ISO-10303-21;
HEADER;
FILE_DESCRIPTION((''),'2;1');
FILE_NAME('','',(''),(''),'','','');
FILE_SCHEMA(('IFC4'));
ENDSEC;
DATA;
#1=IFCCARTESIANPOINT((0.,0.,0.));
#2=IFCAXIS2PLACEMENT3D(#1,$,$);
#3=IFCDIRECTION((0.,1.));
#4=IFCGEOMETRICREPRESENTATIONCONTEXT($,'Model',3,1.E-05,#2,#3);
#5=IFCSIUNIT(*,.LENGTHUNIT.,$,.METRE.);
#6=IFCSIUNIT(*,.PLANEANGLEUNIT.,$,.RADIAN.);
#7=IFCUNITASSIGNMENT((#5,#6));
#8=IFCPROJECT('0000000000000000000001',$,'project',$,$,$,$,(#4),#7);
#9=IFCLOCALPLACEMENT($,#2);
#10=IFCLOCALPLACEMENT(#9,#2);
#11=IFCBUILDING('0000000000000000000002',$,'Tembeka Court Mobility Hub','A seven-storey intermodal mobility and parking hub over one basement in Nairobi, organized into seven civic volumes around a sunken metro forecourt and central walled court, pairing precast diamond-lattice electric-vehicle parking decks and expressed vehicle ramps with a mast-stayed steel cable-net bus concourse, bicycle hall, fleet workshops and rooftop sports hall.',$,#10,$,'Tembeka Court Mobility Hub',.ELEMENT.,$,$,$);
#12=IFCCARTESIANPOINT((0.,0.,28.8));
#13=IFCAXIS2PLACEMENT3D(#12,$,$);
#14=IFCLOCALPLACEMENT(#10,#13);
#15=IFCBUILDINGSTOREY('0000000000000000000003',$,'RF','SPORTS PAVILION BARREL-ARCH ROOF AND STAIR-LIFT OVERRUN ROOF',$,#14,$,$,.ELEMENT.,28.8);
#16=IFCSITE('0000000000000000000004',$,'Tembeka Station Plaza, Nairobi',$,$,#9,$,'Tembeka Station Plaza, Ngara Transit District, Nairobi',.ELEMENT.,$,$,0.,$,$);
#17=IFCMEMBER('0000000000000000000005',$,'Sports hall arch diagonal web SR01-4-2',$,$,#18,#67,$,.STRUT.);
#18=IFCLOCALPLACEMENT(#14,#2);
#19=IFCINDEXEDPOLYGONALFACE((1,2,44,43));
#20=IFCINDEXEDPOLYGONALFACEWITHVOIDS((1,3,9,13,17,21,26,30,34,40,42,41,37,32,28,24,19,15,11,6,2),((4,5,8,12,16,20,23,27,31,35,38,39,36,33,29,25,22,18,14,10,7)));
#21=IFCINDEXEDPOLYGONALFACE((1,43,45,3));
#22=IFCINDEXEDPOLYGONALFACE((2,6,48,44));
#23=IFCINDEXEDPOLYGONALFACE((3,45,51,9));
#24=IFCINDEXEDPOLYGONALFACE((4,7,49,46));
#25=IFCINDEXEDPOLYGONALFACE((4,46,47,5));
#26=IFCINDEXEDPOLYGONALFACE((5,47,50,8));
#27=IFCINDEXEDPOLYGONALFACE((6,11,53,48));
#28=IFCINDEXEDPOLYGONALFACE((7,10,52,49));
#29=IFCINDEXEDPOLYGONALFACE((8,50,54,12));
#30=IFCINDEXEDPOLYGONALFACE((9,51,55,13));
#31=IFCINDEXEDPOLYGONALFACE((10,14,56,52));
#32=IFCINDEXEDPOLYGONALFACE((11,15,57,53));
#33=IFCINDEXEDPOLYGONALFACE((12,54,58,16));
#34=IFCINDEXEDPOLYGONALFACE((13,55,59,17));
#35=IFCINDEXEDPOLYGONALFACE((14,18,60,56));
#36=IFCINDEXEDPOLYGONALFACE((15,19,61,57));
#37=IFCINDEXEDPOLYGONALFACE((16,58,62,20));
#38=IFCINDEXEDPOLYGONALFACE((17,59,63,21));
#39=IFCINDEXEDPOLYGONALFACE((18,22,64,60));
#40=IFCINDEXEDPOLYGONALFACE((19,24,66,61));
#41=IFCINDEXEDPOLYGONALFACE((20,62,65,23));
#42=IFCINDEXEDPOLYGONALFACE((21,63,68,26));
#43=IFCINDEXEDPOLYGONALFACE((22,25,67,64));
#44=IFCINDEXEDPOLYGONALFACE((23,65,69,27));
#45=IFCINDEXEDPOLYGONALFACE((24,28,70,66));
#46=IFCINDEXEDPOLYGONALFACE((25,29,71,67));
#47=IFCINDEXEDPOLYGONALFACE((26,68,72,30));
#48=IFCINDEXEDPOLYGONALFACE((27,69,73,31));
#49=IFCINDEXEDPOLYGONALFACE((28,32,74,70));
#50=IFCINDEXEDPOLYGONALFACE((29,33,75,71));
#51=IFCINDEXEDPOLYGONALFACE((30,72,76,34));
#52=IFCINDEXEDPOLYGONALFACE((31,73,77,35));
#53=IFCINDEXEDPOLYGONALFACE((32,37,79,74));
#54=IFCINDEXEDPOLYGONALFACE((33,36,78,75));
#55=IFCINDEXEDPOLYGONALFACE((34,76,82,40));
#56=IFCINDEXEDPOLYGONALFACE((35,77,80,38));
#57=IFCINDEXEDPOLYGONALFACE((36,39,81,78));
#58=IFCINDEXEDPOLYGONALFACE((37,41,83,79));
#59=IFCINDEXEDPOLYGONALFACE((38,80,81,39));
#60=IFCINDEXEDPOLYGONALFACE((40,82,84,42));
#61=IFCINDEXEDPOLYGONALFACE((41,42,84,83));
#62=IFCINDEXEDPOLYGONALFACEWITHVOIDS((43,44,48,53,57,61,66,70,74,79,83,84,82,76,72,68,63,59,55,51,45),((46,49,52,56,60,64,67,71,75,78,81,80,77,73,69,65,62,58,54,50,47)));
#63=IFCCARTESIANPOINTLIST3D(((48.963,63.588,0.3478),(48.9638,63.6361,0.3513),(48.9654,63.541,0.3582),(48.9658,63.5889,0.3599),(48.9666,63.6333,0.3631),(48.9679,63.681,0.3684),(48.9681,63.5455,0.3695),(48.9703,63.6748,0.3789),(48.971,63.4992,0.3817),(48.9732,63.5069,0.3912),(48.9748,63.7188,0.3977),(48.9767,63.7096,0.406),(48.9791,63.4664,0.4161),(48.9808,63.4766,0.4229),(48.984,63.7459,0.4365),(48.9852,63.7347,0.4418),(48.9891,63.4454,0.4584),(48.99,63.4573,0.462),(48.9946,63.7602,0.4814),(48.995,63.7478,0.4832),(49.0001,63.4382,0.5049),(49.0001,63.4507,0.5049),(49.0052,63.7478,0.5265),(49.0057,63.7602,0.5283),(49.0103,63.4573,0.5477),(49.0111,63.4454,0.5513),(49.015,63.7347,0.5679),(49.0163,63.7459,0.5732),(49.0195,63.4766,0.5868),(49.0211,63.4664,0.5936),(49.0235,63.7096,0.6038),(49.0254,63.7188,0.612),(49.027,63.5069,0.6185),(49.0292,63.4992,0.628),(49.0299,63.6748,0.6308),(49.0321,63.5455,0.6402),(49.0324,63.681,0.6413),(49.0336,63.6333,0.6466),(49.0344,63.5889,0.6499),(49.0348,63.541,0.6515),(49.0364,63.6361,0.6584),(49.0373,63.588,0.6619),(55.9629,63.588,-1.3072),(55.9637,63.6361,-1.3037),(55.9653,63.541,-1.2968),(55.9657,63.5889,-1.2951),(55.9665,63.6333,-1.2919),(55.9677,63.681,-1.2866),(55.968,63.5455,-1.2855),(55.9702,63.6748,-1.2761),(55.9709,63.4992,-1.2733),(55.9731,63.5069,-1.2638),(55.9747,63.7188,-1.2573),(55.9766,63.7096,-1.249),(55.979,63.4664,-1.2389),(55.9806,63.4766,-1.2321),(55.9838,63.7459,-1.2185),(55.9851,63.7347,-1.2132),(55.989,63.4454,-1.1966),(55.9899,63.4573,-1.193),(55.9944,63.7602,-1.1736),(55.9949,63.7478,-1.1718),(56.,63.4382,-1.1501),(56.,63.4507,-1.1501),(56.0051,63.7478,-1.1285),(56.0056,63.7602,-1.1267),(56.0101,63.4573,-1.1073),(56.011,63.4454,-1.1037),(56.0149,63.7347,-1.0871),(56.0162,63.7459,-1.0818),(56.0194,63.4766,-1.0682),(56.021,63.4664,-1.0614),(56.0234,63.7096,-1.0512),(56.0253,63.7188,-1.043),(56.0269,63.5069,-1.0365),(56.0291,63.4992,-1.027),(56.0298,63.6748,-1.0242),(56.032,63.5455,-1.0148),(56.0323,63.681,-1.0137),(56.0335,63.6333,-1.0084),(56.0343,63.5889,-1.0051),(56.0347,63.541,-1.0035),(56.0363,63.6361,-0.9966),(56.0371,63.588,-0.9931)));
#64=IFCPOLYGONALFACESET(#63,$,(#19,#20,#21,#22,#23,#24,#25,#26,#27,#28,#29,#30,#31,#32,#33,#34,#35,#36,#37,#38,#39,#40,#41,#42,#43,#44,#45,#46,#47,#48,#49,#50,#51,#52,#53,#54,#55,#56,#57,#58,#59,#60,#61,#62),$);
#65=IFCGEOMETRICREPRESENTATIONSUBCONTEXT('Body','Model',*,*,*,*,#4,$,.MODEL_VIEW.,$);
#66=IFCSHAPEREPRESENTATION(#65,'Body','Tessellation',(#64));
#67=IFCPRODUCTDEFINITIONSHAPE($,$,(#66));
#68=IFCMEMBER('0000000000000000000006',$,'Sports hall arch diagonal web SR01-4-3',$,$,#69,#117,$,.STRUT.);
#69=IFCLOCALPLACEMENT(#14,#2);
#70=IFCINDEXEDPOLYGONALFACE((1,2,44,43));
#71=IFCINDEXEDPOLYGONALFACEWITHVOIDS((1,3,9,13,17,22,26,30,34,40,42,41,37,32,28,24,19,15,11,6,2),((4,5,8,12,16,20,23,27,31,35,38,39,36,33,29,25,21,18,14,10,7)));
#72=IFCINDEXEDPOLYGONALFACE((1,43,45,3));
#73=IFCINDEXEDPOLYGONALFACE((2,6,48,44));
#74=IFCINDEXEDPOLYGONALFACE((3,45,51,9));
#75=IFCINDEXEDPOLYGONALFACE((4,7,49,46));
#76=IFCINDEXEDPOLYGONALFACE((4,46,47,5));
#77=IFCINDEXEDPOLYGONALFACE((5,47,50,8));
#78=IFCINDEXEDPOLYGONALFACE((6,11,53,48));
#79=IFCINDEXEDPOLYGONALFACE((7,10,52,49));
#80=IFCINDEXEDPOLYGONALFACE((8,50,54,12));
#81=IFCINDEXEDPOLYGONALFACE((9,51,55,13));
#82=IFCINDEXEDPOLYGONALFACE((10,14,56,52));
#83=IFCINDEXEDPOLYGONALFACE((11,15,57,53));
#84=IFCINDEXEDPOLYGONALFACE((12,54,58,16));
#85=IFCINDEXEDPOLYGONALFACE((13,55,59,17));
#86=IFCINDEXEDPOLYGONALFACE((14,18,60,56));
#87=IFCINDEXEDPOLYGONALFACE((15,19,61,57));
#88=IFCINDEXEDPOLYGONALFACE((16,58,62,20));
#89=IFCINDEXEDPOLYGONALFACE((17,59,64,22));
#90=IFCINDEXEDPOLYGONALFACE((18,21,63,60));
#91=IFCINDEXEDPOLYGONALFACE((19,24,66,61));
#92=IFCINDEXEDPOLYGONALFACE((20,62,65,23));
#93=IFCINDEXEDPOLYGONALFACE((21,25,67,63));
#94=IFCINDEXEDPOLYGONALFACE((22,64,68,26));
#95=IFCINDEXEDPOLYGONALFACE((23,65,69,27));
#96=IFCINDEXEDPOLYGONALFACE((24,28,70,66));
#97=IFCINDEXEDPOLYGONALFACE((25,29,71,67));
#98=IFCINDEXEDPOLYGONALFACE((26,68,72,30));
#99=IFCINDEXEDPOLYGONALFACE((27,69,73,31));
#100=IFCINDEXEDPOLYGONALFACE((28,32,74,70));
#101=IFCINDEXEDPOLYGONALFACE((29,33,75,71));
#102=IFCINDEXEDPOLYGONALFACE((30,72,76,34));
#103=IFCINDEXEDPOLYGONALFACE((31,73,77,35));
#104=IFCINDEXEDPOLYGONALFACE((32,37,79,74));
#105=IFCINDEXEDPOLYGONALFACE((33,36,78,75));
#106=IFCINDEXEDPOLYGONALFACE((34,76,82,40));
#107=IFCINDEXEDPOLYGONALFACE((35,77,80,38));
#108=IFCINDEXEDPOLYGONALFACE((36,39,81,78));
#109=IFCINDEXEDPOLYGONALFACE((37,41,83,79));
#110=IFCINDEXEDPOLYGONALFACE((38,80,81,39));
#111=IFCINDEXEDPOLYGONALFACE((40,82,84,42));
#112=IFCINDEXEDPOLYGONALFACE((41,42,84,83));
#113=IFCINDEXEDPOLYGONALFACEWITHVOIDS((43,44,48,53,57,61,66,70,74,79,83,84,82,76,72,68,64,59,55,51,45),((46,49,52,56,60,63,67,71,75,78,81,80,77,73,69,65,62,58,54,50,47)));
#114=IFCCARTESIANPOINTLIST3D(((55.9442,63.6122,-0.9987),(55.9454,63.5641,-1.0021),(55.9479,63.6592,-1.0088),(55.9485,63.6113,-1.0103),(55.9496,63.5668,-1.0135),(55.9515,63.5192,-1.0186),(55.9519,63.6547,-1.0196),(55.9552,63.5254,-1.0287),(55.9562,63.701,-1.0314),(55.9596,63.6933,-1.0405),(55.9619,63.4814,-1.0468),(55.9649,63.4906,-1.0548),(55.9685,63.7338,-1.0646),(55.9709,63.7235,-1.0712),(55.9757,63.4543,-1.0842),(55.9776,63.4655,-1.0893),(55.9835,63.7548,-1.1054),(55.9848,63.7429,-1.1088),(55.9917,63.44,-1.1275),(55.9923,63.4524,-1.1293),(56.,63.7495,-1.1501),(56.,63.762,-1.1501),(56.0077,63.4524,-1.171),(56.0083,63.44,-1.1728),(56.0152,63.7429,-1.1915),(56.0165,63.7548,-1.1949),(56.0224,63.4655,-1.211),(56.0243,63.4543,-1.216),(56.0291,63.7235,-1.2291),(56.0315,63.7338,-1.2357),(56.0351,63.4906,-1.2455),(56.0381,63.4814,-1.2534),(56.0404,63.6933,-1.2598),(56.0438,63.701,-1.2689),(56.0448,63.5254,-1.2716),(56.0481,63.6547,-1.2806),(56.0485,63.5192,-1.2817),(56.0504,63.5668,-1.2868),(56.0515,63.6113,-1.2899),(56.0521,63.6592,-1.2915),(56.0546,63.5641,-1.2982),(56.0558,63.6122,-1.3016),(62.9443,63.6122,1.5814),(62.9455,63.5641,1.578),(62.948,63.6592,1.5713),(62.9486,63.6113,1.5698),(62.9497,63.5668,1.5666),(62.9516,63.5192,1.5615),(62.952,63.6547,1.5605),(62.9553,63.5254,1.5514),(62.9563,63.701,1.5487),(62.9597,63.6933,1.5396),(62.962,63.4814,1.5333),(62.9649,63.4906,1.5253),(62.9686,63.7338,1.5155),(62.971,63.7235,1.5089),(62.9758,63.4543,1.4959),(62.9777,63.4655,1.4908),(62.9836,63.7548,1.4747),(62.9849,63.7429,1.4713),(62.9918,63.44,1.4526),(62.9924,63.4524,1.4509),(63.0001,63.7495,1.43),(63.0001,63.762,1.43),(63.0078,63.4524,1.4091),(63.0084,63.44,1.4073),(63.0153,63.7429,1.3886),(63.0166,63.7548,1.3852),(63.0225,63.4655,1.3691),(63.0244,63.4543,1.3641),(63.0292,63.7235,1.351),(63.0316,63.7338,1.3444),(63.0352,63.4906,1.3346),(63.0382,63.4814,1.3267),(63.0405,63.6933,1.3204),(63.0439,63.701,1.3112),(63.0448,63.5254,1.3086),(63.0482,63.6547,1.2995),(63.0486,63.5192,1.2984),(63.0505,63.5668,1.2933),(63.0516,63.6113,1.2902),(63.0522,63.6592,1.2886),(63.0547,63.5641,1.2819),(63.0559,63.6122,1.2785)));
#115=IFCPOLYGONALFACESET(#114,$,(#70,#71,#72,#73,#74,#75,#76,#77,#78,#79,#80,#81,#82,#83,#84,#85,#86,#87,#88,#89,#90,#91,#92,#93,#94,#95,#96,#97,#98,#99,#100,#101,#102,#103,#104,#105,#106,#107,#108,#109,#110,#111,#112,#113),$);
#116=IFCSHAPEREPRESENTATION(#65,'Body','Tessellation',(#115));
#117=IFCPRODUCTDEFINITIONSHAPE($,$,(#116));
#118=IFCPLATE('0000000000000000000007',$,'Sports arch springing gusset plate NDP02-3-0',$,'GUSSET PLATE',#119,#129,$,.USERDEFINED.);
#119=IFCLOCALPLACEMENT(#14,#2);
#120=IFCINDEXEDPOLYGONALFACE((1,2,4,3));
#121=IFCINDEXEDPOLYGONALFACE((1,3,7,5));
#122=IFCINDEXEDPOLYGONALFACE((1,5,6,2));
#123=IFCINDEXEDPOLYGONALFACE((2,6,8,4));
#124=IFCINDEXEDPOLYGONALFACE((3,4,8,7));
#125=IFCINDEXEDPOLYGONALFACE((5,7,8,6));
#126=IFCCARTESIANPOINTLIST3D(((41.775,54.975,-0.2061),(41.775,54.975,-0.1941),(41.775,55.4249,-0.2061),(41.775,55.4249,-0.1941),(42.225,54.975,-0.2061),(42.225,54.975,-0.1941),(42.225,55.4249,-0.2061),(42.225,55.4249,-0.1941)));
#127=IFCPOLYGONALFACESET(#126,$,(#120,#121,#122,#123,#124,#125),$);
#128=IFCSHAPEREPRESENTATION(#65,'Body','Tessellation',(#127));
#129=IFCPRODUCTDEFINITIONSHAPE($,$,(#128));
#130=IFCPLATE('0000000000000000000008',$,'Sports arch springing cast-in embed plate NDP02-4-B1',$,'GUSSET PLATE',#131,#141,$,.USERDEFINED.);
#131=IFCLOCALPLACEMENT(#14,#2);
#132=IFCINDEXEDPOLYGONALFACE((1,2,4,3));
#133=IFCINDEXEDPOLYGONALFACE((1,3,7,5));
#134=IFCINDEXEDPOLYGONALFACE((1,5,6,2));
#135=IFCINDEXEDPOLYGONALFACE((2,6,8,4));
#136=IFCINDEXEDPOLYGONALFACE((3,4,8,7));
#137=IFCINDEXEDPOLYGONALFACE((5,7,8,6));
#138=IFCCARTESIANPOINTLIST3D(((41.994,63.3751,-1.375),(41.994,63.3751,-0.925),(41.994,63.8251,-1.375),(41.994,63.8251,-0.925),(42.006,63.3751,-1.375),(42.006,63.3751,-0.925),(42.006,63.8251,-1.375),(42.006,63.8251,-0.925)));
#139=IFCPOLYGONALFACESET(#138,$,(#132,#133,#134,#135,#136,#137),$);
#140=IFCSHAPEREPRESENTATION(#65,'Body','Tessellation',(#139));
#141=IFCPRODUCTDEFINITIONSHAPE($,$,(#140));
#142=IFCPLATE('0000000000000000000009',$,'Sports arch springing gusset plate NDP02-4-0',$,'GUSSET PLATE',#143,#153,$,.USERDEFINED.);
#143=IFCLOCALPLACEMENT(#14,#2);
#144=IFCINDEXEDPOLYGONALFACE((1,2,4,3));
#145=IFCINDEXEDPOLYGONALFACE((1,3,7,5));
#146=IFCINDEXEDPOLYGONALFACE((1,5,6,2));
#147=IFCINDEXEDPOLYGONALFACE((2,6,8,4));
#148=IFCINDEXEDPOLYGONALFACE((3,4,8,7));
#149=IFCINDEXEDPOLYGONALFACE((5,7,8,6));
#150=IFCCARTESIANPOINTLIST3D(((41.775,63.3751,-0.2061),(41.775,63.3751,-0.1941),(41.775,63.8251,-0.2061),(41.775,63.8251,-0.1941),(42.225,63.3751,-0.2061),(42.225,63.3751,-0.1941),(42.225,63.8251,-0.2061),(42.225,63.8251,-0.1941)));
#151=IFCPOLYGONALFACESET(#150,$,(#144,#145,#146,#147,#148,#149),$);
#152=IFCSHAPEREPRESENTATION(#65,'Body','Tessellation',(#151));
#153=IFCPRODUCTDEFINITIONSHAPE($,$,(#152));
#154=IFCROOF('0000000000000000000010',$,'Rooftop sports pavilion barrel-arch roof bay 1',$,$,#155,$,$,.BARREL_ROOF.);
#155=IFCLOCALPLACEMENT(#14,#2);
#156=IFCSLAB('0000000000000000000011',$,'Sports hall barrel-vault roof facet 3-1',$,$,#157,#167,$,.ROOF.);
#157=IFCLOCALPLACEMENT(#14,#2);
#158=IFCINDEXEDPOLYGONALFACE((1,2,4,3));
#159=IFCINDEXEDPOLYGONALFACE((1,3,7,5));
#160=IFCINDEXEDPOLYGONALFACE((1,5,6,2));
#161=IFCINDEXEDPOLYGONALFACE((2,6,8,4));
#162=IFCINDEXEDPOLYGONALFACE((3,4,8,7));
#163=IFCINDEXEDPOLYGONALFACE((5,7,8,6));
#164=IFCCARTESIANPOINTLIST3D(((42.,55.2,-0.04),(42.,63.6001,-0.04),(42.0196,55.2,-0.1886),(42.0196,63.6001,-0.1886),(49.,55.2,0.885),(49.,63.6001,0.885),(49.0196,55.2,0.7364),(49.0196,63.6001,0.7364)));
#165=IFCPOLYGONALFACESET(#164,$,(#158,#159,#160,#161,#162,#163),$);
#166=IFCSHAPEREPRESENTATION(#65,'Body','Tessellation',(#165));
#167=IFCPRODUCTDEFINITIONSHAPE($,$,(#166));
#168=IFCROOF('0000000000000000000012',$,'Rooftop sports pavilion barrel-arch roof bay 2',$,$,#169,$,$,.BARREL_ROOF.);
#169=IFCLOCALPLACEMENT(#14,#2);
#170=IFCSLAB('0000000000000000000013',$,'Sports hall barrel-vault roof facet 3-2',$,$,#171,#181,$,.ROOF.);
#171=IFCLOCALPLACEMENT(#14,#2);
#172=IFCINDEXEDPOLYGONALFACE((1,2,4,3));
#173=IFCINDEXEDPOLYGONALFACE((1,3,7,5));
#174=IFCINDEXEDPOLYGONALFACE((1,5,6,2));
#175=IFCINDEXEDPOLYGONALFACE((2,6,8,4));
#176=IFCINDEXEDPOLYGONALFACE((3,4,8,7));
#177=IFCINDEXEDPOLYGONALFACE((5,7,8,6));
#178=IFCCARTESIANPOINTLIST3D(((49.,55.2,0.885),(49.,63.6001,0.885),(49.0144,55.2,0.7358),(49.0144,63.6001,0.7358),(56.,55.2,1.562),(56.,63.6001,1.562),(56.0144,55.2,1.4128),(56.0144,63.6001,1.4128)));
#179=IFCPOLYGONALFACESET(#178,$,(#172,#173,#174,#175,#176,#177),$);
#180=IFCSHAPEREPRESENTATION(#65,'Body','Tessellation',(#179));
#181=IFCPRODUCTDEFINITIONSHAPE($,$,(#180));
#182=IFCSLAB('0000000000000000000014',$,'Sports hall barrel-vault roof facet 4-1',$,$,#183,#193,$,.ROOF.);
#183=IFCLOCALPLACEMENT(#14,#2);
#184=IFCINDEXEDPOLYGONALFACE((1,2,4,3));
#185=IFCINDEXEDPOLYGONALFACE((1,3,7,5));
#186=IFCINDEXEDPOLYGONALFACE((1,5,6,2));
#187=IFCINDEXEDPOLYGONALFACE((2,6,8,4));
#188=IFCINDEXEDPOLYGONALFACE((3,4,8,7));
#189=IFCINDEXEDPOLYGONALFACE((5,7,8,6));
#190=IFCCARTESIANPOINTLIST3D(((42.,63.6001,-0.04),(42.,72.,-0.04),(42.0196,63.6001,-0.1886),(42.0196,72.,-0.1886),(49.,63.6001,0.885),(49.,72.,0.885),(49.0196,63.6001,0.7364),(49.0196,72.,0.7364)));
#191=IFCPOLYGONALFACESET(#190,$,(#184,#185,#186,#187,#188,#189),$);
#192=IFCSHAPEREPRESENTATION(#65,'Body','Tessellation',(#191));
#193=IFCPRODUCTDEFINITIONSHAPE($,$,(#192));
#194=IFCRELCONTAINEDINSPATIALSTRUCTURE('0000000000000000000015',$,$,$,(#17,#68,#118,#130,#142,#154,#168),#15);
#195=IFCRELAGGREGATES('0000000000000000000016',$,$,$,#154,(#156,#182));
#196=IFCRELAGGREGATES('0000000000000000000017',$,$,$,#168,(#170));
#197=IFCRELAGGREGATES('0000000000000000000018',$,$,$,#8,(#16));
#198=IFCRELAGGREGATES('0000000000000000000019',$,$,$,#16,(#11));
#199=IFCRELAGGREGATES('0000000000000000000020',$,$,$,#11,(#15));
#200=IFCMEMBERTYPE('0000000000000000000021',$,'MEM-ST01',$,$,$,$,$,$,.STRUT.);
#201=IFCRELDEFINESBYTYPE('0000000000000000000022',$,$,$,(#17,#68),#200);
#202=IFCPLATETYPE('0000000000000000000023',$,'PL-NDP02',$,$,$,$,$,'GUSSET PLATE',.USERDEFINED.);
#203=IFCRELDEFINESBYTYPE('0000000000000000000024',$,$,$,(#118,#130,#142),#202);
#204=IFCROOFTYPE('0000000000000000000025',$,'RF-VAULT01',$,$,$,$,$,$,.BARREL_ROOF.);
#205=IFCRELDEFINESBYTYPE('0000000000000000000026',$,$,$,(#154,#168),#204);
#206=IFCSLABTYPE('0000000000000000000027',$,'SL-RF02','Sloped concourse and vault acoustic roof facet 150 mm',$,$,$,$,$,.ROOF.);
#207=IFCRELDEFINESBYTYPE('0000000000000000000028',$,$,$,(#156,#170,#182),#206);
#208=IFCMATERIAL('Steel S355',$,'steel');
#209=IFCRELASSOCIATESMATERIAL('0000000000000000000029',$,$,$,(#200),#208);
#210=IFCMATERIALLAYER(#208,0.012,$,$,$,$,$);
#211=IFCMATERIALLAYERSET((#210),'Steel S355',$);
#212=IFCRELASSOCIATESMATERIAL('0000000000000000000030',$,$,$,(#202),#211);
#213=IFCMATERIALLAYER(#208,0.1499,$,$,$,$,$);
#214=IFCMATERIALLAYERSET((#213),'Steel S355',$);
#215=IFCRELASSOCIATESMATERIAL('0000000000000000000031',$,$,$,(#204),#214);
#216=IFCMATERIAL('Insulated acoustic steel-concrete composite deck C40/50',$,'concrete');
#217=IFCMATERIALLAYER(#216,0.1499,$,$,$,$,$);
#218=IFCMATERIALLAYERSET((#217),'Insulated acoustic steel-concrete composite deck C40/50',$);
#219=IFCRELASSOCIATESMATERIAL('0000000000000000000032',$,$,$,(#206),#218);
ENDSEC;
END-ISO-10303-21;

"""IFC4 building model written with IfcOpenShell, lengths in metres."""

from ifc_helpers import new_model, si_unit, direction, frame, origin, origin_2d, place, context, subcontext, project, spatial, polyline, rectangle, hollow_circle, outline, extrude, material, layer, layer_set, material_profile, profile_set, type_object, element, aggregate, save


model = new_model("IFC4")

# Units and contexts
model_context = context("Model", 3, precision=1e-05, world=origin(), true_north=direction((0.0, 1.0)))
body_context = subcontext(model_context, "Body", "Model", "MODEL_VIEW")
ifc_project = project(units=[si_unit("LENGTHUNIT", "METRE"), si_unit("PLANEANGLEUNIT", "RADIAN")], contexts=[model_context])

# Site, building, storey
site_placement = place(None, origin())
site = spatial("IfcSite", under=ifc_project, at=site_placement, Name="Tembeka Station Plaza, Nairobi", LongName="Tembeka Station Plaza, Ngara Transit District, Nairobi", CompositionType="ELEMENT", RefElevation=0.0)
building_placement = place(site_placement, origin())
building = spatial("IfcBuilding", under=site, at=building_placement, Name="Tembeka Court Mobility Hub", Description="A seven-storey intermodal mobility and parking hub over one basement in Nairobi, organized into seven civic volumes around a sunken metro forecourt and central walled court, pairing precast diamond-lattice electric-vehicle parking decks and expressed vehicle ramps with a mast-stayed steel cable-net bus concourse, bicycle hall, fleet workshops and rooftop sports hall.", LongName="Tembeka Court Mobility Hub", CompositionType="ELEMENT")
storey_placement = place(building_placement, frame((0.0, 0.0, 28.8)))
storey = spatial("IfcBuildingStorey", under=building, at=storey_placement, Name="RF", Description="SPORTS PAVILION BARREL-ARCH ROOF AND STAIR-LIFT OVERRUN ROOF", CompositionType="ELEMENT", Elevation=28.8)

# Shared definitions
ifc_material_1 = material(Name="Steel S355", Category="steel")

# Members
ifc_material_profile_1 = material_profile(ifc_material_1, hollow_circle(Radius=0.1619, WallThickness=0.0125, at=origin_2d()), Name="CHS 323.9x12.5")
ifc_profile_set_1 = profile_set([ifc_material_profile_1], Name="Steel S355")
member_type = type_object("IfcMemberType", Name="MEM-ST01", PredefinedType="STRUT", material=ifc_profile_set_1)
for number, where, z_axis, x_axis, name in (
    (1, (56.0, 63.6001, -1.1501), (-0.97317, 0.0, 0.230089), (0.0, -1.0, 0.0), "Sports hall arch diagonal web SR01-4-2"),
):
    element("IfcMember", number, at=place(storey_placement, frame(where, z_axis=z_axis, x_axis=x_axis)), inside=storey, type_object=member_type, Name=name, PredefinedType="STRUT", context=body_context, shape_type="SweptSolid", body=[
        extrude(hollow_circle(Radius=0.1619, WallThickness=0.0125, at=origin_2d()), origin(), (0.0, 0.0, 1.0), 7.1929),
    ])
member_1_placement = place(storey_placement, frame((56.0, 63.6001, -1.1501), z_axis=(0.938294, 0.0, 0.345839), x_axis=(0.0, 1.0, 0.0)))
element("IfcMember", 2, at=member_1_placement, inside=storey, type_object=member_type, Name="Sports hall arch diagonal web SR01-4-3", PredefinedType="STRUT", context=body_context, shape_type="SweptSolid", body=[
    extrude(hollow_circle(Radius=0.1619, WallThickness=0.0125, at=origin_2d()), origin(), (0.0, 0.0, 1.0), 7.4604),
])

# Plates
ifc_layer_1 = layer(ifc_material_1, 0.012)
ifc_layer_set_1 = layer_set([ifc_layer_1], Name="Steel S355")
plate_type = type_object("IfcPlateType", Name="PL-NDP02", ElementType="GUSSET PLATE", PredefinedType="USERDEFINED", material=ifc_layer_set_1)
plate_1_placement = place(storey_placement, frame((42.0, 55.2, -0.2061), z_axis=(0.0, 0.0, 1.0), x_axis=(1.0, 0.0, 0.0)))
element("IfcPlate", 3, at=plate_1_placement, inside=storey, type_object=plate_type, Name="Sports arch springing gusset plate NDP02-3-0", ObjectType="GUSSET PLATE", PredefinedType="USERDEFINED", context=body_context, shape_type="SweptSolid", body=[
    extrude(rectangle(XDim=0.45, YDim=0.45, at=origin_2d()), origin(), (0.0, 0.0, 1.0), 0.012),
])
plate_2_placement = place(storey_placement, frame((42.0, 63.6001, -1.375), z_axis=(0.0, 0.0, 1.0), x_axis=(1.0, 0.0, 0.0)))
element("IfcPlate", 4, at=plate_2_placement, inside=storey, type_object=plate_type, Name="Sports arch springing cast-in embed plate NDP02-4-B1", ObjectType="GUSSET PLATE", PredefinedType="USERDEFINED", context=body_context, shape_type="SweptSolid", body=[
    extrude(rectangle(XDim=0.012, YDim=0.45, at=origin_2d()), origin(), (0.0, 0.0, 1.0), 0.45),
])
plate_3_placement = place(storey_placement, frame((42.0, 63.6001, -0.2061), z_axis=(0.0, 0.0, 1.0), x_axis=(1.0, 0.0, 0.0)))
element("IfcPlate", 5, at=plate_3_placement, inside=storey, type_object=plate_type, Name="Sports arch springing gusset plate NDP02-4-0", ObjectType="GUSSET PLATE", PredefinedType="USERDEFINED", context=body_context, shape_type="SweptSolid", body=[
    extrude(rectangle(XDim=0.45, YDim=0.45, at=origin_2d()), origin(), (0.0, 0.0, 1.0), 0.012),
])

# Roofs, slabs
ifc_layer_2 = layer(ifc_material_1, 0.1499)
ifc_layer_set_2 = layer_set([ifc_layer_2], Name="Steel S355")
roof_type = type_object("IfcRoofType", Name="RF-VAULT01", PredefinedType="BARREL_ROOF", material=ifc_layer_set_2)
roof_1_placement = place(storey_placement, origin())
roof_1 = element("IfcRoof", 6, at=roof_1_placement, inside=storey, type_object=roof_type, Name="Rooftop sports pavilion barrel-arch roof bay 1", PredefinedType="BARREL_ROOF")
ifc_material_2 = material(Name="Insulated acoustic steel-concrete composite deck C40/50", Category="concrete")
ifc_layer_3 = layer(ifc_material_2, 0.1499)
ifc_layer_set_3 = layer_set([ifc_layer_3], Name="Insulated acoustic steel-concrete composite deck C40/50")
slab_type = type_object("IfcSlabType", Name="SL-RF02", Description="Sloped concourse and vault acoustic roof facet 150 mm", PredefinedType="ROOF", material=ifc_layer_set_3)
slab_1_placement = place(storey_placement, frame((42.0, 55.2, -0.04), z_axis=(-0.131011, 0.0, 0.991381), x_axis=(0.991381, 0.0, 0.131011)))
slab_1 = element("IfcSlab", 7, at=slab_1_placement, type_object=slab_type, Name="Sports hall barrel-vault roof facet 3-1", PredefinedType="ROOF", context=body_context, shape_type="SweptSolid", body=[
    extrude(outline(polyline([(0.0, 0.0), (7.0609, 0.0), (7.0609, 8.4001), (0.0, 8.4001), (0.0, 0.0)])), origin(), (0.0, 0.0, -1.0), 0.1499),
])
roof_2_placement = place(storey_placement, origin())
roof_2 = element("IfcRoof", 8, at=roof_2_placement, inside=storey, type_object=roof_type, Name="Rooftop sports pavilion barrel-arch roof bay 2", PredefinedType="BARREL_ROOF")
slab_2_placement = place(storey_placement, frame((49.0, 55.2, 0.885), z_axis=(-0.096265, 0.0, 0.995356), x_axis=(0.995356, 0.0, 0.096265)))
slab_2 = element("IfcSlab", 9, at=slab_2_placement, type_object=slab_type, Name="Sports hall barrel-vault roof facet 3-2", PredefinedType="ROOF", context=body_context, shape_type="SweptSolid", body=[
    extrude(outline(polyline([(0.0, 0.0), (7.0327, 0.0), (7.0327, 8.4001), (0.0, 8.4001), (0.0, 0.0)])), origin(), (0.0, 0.0, -1.0), 0.1499),
])

# Slab
slab_3_placement = place(storey_placement, frame((42.0, 63.6001, -0.04), z_axis=(-0.131011, 0.0, 0.991381), x_axis=(0.991381, 0.0, 0.131011)))
slab_3 = element("IfcSlab", 10, at=slab_3_placement, type_object=slab_type, Name="Sports hall barrel-vault roof facet 4-1", PredefinedType="ROOF", context=body_context, shape_type="SweptSolid", body=[
    extrude(outline(polyline([(0.0, 0.0), (7.0609, 0.0), (7.0609, 8.3999), (0.0, 8.3999), (0.0, 0.0)])), origin(), (0.0, 0.0, -1.0), 0.1499),
])
aggregate(roof_1, [slab_1, slab_3])
aggregate(roof_2, [slab_2])

save(model, "model.ifc")
